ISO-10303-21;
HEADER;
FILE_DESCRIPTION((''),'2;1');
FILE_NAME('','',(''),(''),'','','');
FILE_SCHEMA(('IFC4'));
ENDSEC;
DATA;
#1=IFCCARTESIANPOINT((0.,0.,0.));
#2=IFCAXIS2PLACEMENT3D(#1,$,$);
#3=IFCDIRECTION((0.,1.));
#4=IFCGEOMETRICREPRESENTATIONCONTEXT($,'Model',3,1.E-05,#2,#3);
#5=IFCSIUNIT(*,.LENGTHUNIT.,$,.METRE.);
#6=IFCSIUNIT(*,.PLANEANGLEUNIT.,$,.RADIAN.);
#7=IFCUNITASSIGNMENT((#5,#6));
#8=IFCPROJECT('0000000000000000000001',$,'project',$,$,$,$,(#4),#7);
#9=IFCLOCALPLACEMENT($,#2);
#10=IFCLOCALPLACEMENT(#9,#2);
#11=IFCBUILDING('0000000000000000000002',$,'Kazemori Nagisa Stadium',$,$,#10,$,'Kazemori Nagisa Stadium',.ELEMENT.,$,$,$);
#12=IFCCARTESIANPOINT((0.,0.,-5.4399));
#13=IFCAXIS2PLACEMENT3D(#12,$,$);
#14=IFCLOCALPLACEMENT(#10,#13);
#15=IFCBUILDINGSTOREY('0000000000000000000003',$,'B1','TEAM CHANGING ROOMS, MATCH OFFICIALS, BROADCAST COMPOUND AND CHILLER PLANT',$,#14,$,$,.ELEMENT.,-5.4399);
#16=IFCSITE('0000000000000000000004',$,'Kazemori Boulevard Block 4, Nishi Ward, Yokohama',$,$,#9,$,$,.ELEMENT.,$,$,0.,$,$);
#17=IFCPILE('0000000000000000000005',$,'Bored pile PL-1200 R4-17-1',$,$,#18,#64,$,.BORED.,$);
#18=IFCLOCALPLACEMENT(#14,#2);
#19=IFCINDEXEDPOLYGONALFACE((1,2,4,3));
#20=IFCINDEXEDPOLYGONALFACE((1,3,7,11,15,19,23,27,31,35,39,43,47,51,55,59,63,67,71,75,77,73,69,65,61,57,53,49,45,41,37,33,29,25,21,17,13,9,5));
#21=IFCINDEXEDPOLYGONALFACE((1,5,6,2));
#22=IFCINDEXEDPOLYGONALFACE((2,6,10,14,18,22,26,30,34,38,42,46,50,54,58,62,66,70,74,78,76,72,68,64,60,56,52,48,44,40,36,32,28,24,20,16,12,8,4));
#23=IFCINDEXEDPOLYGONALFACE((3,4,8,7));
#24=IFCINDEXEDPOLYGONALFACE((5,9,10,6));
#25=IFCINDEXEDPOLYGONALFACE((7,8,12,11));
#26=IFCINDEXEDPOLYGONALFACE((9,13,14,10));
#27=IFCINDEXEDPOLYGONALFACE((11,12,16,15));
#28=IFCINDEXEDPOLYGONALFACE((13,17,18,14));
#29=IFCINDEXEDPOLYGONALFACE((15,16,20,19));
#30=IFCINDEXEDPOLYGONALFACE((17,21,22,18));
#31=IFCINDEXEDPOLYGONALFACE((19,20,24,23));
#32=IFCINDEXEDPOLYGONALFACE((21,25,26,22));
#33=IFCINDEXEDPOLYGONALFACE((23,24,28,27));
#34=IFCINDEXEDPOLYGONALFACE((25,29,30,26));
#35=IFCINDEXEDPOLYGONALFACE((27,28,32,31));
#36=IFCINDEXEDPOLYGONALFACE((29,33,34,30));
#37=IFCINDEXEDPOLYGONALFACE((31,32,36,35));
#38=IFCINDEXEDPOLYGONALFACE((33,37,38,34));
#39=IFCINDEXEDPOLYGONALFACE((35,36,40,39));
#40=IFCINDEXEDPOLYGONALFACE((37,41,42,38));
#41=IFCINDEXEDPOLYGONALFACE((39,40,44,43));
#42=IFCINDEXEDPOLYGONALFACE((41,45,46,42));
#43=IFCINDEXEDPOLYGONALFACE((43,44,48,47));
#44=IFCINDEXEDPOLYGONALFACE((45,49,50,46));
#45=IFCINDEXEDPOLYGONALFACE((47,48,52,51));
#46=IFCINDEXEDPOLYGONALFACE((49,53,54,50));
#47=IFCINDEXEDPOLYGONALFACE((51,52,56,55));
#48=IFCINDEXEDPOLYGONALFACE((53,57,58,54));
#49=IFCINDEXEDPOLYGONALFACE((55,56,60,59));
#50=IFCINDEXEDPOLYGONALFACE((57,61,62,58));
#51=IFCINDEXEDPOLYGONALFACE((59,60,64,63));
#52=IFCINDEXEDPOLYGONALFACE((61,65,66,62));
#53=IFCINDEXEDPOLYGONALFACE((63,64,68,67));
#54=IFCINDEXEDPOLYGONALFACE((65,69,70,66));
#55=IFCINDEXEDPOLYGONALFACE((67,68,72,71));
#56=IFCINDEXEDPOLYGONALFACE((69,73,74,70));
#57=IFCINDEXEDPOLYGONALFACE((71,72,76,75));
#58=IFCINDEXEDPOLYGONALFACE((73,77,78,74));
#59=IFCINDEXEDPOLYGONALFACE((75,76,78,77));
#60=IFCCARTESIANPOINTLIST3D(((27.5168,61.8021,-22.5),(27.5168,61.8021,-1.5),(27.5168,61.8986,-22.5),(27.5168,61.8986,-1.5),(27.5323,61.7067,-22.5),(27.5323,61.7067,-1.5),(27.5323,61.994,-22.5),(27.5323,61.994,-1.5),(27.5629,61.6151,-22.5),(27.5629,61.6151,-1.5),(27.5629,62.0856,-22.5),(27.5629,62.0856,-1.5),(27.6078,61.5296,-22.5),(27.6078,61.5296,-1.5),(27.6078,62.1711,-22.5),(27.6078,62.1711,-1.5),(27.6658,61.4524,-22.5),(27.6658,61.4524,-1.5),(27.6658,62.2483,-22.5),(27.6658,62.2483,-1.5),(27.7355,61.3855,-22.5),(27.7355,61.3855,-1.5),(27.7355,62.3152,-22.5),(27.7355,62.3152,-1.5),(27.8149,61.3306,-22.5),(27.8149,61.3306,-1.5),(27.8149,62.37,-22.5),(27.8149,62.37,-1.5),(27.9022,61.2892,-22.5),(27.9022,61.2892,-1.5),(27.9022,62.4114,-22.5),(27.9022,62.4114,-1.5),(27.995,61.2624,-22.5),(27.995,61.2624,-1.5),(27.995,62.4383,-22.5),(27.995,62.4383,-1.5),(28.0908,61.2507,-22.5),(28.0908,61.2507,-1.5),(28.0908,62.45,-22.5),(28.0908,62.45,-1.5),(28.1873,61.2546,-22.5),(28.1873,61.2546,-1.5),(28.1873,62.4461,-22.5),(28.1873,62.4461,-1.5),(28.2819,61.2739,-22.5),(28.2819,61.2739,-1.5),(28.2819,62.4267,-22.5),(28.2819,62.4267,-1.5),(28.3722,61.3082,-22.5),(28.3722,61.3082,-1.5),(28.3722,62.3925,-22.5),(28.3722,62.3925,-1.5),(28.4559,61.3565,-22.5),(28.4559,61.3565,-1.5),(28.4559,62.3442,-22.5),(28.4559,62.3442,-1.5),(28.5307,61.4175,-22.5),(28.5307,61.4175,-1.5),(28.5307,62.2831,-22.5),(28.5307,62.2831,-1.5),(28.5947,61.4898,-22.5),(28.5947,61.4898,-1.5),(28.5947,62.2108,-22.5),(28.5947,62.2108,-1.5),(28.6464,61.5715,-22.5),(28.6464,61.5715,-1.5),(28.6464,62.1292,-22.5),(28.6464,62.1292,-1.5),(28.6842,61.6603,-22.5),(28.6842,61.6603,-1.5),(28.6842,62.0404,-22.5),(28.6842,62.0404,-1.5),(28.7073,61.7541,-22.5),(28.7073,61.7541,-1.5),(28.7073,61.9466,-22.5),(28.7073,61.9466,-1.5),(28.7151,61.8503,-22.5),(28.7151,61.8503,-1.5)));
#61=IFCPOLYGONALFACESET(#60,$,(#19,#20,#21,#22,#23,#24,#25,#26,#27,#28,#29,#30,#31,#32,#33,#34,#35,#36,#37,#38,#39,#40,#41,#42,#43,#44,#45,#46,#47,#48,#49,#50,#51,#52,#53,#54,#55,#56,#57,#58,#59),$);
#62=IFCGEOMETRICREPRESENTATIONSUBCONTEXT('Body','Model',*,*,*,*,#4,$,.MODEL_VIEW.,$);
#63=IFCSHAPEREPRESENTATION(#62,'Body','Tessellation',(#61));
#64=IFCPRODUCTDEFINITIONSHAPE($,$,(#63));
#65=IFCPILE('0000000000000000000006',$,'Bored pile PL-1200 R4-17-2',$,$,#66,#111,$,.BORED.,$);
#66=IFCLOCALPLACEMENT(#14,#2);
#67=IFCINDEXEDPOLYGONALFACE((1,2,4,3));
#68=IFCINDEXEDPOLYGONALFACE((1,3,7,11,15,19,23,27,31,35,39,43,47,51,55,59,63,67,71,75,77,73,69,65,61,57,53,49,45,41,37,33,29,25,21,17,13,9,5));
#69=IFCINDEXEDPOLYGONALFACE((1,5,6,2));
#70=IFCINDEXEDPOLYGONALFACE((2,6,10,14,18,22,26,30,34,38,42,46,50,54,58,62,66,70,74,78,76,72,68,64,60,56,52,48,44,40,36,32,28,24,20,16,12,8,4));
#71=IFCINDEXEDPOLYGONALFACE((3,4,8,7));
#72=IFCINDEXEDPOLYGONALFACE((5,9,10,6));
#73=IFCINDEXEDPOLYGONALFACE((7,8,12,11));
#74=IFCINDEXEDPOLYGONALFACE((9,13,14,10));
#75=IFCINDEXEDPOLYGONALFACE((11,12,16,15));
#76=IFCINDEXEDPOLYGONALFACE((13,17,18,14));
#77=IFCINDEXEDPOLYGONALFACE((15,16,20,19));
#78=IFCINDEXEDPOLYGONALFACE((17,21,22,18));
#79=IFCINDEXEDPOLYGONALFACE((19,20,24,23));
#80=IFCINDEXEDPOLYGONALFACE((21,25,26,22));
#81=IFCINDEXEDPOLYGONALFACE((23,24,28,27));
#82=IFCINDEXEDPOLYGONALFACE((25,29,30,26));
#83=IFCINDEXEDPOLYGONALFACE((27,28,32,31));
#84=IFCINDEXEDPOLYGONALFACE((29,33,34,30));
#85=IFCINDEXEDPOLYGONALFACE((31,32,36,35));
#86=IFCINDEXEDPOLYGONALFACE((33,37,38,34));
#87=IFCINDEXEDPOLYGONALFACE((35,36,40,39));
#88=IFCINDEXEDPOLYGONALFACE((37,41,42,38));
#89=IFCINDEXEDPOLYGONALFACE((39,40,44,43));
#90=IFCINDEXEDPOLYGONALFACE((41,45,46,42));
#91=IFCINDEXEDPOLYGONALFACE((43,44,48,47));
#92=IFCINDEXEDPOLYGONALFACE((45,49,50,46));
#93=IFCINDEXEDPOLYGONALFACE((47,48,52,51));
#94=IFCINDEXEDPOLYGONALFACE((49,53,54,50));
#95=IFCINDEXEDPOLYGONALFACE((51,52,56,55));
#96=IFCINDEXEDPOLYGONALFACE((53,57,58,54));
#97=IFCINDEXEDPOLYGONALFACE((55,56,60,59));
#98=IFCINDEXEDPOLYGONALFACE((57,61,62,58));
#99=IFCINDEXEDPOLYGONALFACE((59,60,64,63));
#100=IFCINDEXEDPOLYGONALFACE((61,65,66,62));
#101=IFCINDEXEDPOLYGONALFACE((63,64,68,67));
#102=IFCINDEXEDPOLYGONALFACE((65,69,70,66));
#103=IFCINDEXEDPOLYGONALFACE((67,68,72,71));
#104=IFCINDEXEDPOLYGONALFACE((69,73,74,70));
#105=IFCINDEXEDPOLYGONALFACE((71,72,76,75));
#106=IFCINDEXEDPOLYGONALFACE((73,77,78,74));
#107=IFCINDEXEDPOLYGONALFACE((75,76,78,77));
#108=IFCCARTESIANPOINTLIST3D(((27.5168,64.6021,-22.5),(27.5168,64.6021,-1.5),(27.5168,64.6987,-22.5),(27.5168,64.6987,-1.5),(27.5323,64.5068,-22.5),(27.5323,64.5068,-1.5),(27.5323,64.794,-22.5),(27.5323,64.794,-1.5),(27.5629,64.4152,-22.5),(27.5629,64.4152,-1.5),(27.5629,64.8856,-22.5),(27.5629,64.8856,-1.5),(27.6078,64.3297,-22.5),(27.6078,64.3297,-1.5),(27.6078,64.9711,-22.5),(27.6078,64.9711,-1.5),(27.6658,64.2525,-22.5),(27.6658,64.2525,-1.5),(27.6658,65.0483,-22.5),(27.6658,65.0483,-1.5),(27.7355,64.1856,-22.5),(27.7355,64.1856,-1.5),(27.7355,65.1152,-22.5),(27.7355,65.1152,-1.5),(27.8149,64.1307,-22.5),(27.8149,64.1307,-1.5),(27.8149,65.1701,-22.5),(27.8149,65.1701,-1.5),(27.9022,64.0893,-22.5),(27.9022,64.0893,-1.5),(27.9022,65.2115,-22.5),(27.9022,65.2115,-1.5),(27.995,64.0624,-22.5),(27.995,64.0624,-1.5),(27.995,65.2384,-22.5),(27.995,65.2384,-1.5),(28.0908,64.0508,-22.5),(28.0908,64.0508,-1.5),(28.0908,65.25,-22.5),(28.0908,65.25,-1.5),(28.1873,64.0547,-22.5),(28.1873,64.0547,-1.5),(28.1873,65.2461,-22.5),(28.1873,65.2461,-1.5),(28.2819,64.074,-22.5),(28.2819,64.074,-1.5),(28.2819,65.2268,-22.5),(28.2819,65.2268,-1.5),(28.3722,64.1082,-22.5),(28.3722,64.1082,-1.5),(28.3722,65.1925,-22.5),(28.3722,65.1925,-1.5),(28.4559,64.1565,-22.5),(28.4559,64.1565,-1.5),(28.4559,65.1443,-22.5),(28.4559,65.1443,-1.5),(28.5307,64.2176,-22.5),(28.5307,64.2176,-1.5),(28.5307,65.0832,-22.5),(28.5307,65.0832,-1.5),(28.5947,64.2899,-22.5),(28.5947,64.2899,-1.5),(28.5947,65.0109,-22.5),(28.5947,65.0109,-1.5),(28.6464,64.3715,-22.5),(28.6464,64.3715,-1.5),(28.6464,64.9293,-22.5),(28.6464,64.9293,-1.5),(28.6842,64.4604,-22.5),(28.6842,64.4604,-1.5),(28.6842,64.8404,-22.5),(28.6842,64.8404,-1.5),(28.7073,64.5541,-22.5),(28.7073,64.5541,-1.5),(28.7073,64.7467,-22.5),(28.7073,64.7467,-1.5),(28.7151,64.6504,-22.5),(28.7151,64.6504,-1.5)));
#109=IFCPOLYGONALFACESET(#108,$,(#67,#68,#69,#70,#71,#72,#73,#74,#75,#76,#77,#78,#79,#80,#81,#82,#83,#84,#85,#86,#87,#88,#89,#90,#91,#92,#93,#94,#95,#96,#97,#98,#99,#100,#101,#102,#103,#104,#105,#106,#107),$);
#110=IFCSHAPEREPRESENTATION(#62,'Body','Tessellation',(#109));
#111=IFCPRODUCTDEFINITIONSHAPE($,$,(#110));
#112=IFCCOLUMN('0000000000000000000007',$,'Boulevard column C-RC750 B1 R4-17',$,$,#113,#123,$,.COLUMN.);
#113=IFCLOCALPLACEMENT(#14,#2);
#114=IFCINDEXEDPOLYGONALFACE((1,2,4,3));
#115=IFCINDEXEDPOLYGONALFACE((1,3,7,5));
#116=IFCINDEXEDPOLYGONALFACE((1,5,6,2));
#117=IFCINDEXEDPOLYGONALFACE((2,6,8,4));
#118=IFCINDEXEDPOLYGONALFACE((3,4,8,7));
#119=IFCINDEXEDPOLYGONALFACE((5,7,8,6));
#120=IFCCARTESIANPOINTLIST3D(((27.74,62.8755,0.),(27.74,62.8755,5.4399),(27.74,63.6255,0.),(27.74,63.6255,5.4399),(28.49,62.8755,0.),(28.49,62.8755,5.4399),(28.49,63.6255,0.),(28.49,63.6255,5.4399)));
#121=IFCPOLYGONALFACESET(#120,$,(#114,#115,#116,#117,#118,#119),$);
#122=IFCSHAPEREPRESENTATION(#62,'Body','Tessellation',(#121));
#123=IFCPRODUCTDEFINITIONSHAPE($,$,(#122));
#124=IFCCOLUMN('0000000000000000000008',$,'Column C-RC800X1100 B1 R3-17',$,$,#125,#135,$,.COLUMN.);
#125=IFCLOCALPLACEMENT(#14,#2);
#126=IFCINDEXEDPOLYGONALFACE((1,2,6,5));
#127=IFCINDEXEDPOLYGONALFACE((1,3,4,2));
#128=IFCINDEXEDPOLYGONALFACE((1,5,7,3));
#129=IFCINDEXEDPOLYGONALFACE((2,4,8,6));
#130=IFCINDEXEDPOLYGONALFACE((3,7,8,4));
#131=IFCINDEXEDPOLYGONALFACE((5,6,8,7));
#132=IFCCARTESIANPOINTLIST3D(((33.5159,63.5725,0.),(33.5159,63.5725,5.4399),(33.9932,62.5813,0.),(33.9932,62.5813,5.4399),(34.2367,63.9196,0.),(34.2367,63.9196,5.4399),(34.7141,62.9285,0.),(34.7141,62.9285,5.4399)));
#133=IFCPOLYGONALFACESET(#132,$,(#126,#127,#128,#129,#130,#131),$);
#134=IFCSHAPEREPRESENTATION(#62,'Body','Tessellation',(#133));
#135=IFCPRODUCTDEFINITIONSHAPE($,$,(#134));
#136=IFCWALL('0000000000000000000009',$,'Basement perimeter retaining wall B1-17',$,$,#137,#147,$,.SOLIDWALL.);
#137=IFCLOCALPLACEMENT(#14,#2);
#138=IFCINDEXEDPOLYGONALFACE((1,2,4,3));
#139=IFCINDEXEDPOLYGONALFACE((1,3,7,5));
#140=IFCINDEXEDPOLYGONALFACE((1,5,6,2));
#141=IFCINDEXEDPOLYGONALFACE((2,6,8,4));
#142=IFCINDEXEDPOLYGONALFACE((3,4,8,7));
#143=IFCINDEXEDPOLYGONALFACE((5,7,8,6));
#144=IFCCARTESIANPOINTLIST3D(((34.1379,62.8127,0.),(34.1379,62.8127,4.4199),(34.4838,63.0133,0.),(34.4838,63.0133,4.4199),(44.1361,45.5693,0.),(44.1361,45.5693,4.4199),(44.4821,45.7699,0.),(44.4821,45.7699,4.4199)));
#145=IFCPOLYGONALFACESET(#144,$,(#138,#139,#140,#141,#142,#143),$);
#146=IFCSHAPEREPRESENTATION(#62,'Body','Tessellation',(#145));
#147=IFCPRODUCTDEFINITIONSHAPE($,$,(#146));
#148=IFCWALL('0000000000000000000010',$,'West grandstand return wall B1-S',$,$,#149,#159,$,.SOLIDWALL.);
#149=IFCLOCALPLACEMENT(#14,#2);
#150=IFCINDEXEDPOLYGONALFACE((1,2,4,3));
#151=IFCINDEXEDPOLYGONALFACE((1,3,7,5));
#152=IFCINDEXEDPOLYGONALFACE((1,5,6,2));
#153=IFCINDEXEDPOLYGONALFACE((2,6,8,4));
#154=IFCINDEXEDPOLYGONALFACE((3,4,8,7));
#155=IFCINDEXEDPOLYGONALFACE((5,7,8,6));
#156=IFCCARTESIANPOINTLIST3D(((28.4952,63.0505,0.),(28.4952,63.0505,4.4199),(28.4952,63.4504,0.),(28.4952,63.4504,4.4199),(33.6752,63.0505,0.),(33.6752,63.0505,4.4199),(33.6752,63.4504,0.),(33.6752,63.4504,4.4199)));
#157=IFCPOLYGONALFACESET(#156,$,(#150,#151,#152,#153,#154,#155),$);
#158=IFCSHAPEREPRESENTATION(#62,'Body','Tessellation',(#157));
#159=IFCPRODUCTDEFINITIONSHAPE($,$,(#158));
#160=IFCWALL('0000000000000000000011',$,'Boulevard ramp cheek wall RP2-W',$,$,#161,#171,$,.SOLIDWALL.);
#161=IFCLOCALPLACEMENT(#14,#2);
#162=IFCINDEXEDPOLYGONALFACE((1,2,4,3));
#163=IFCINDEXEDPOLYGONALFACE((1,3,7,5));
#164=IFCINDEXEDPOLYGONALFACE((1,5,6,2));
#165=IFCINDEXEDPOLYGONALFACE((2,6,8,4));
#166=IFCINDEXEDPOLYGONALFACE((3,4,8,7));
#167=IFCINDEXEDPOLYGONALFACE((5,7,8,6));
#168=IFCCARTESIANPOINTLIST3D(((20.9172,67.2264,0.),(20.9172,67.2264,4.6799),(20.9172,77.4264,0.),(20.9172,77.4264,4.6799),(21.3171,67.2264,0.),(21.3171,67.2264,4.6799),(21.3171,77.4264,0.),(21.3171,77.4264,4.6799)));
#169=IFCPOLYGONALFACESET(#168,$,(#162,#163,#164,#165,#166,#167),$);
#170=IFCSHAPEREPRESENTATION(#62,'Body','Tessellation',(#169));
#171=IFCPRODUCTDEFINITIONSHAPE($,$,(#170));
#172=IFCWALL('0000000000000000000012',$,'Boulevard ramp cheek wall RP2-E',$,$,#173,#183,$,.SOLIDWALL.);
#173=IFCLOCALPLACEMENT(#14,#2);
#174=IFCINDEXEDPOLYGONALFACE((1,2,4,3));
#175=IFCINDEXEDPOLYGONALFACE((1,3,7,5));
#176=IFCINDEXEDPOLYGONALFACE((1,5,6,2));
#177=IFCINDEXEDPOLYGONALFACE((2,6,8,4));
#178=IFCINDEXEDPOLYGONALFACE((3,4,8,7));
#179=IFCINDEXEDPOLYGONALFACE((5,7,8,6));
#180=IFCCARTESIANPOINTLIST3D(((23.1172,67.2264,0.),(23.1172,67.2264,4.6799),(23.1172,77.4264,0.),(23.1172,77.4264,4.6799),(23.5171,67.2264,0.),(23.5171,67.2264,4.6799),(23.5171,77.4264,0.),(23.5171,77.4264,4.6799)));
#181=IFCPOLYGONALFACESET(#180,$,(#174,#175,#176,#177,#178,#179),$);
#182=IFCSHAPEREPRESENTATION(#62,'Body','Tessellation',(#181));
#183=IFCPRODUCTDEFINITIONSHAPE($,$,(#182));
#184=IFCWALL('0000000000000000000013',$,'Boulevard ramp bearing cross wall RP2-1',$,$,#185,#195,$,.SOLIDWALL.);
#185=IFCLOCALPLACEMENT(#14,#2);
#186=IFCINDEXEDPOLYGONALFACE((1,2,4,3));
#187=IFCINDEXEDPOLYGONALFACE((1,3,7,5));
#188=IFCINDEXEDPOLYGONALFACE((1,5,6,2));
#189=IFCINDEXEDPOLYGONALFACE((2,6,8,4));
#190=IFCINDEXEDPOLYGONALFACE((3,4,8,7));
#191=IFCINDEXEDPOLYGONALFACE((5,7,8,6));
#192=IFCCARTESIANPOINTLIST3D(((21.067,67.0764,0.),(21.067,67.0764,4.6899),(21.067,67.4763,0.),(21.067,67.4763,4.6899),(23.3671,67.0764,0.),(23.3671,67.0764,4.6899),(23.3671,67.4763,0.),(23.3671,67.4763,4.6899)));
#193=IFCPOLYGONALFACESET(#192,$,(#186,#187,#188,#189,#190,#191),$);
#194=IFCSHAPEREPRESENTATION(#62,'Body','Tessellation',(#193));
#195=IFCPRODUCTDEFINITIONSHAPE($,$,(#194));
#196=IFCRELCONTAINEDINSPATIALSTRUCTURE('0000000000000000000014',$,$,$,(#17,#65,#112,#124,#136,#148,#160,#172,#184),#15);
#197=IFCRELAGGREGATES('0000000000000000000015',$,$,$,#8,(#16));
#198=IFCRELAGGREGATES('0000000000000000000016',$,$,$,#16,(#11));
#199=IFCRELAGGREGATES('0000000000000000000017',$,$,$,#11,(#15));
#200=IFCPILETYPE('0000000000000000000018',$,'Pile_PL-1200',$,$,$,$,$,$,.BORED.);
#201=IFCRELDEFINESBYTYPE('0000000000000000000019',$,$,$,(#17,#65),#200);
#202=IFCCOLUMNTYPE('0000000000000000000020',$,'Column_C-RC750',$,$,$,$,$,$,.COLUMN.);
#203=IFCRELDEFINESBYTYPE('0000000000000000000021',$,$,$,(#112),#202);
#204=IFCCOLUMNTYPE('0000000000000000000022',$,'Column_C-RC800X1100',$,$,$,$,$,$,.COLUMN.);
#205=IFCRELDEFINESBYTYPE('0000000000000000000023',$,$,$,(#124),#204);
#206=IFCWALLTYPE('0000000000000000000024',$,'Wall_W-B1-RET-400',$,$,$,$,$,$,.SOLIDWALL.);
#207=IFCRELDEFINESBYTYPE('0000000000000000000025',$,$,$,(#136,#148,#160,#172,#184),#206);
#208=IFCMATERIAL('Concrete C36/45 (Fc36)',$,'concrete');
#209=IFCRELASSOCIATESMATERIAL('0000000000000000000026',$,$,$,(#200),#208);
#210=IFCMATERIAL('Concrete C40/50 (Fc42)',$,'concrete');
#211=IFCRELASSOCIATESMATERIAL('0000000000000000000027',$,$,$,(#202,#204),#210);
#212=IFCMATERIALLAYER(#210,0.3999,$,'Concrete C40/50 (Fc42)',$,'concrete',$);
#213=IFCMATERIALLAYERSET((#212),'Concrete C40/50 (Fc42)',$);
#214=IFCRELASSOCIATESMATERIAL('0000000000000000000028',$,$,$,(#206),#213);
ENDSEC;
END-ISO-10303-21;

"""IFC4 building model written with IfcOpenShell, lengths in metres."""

from ifc_helpers import new_model, si_unit, direction, frame, frame_2d, origin, origin_2d, place, context, subcontext, project, spatial, rectangle, circle, extrude, material, layer, layer_set, material_profile, profile_set, type_object, element, save


model = new_model("IFC4")

# Units and contexts
model_context = context("Model", 3, precision=1e-05, world=origin(), true_north=direction((0.0, 1.0)))
body_context = subcontext(model_context, "Body", "Model", "MODEL_VIEW")
ifc_project = project(units=[si_unit("LENGTHUNIT", "METRE"), si_unit("PLANEANGLEUNIT", "RADIAN")], contexts=[model_context])

# Site, building, storey
site_placement = place(None, origin())
site = spatial("IfcSite", under=ifc_project, at=site_placement, Name="Kazemori Boulevard Block 4, Nishi Ward, Yokohama", CompositionType="ELEMENT", RefElevation=0.0)
building_placement = place(site_placement, origin())
building = spatial("IfcBuilding", under=site, at=building_placement, Name="Kazemori Nagisa Stadium", LongName="Kazemori Nagisa Stadium", CompositionType="ELEMENT")
storey_placement = place(building_placement, frame((0.0, 0.0, -5.4399)))
storey = spatial("IfcBuildingStorey", under=building, at=storey_placement, Name="B1", Description="TEAM CHANGING ROOMS, MATCH OFFICIALS, BROADCAST COMPOUND AND CHILLER PLANT", CompositionType="ELEMENT", Elevation=-5.4399)

# Shared definitions
ifc_material_1 = material(Name="Concrete C40/50 (Fc42)", Category="concrete")

# Piles
ifc_material_2 = material(Name="Concrete C36/45 (Fc36)", Category="concrete")
ifc_material_profile_1 = material_profile(ifc_material_2, circle(Radius=0.6001, at=origin_2d()), Name="PILE-D1200")
ifc_profile_set_1 = profile_set([ifc_material_profile_1], Name="Concrete C36/45 (Fc36)")
pile_type = type_object("IfcPileType", Name="Pile_PL-1200", PredefinedType="BORED", material=ifc_profile_set_1)
for number, where, z_axis, x_axis, name in (
    (1, (28.115, 61.8503, -1.5), (0.0, 0.0, -1.0), (1.0, 0.0, 0.0), "Bored pile PL-1200 R4-17-1"),
    (2, (28.115, 64.6504, -1.5), (0.0, 0.0, -1.0), (1.0, 0.0, 0.0), "Bored pile PL-1200 R4-17-2"),
):
    element("IfcPile", number, at=place(storey_placement, frame(where, z_axis=z_axis, x_axis=x_axis)), inside=storey, type_object=pile_type, Name=name, PredefinedType="BORED", context=body_context, shape_type="SweptSolid", body=[
        extrude(circle(Radius=0.6001, at=origin_2d()), origin(), (0.0, 0.0, 1.0), 21.0),
    ])

# Columns
ifc_material_profile_2 = material_profile(ifc_material_1, rectangle(XDim=0.75, YDim=0.75, at=origin_2d()), Name="RC-COL-750x750")
ifc_profile_set_2 = profile_set([ifc_material_profile_2], Name="Concrete C40/50 (Fc42)")
column_type_1 = type_object("IfcColumnType", Name="Column_C-RC750", PredefinedType="COLUMN", material=ifc_profile_set_2)
column_1_placement = place(storey_placement, frame((28.115, 63.2505, 0.0), z_axis=(0.0, 0.0, 1.0), x_axis=(1.0, 0.0, 0.0)))
element("IfcColumn", 3, at=column_1_placement, inside=storey, type_object=column_type_1, Name="Boulevard column C-RC750 B1 R4-17", PredefinedType="COLUMN", context=body_context, shape_type="SweptSolid", body=[
    extrude(rectangle(XDim=0.75, YDim=0.75, at=origin_2d()), origin(), (0.0, 0.0, 1.0), 5.4399),
])
ifc_material_profile_3 = material_profile(ifc_material_1, rectangle(XDim=0.8, YDim=1.1001, at=origin_2d()), Name="RC-COL-800x1100")
ifc_profile_set_3 = profile_set([ifc_material_profile_3], Name="Concrete C40/50 (Fc42)")
column_type_2 = type_object("IfcColumnType", Name="Column_C-RC800X1100", PredefinedType="COLUMN", material=ifc_profile_set_3)
column_2_placement = place(storey_placement, frame((34.115, 63.2505, 0.0), z_axis=(0.0, 0.0, 1.0), x_axis=(-0.900969, -0.433884, 0.0)))
element("IfcColumn", 4, at=column_2_placement, inside=storey, type_object=column_type_2, Name="Column C-RC800X1100 B1 R3-17", PredefinedType="COLUMN", context=body_context, shape_type="SweptSolid", body=[
    extrude(rectangle(XDim=0.8, YDim=1.1001, at=origin_2d()), origin(), (0.0, 0.0, 1.0), 5.4399),
])

# Walls
ifc_layer_1 = layer(ifc_material_1, 0.3999, Name="Concrete C40/50 (Fc42)", Category="concrete")
ifc_layer_set_1 = layer_set([ifc_layer_1], Name="Concrete C40/50 (Fc42)")
wall_type_1 = type_object("IfcWallType", Name="Wall_W-B1-RET-400", PredefinedType="SOLIDWALL", material=ifc_layer_set_1)
wall_1_placement = place(storey_placement, frame((34.3108, 62.9131, 0.0), z_axis=(0.0, 0.0, 1.0), x_axis=(0.50161, -0.865094, 0.0)))
element("IfcWall", 5, at=wall_1_placement, inside=storey, type_object=wall_type_1, Name="Basement perimeter retaining wall B1-17", PredefinedType="SOLIDWALL", context=body_context, shape_type="SweptSolid", body=[
    extrude(rectangle(XDim=19.9324, YDim=0.3999, at=frame_2d((9.9663, 0.0))), origin(), (0.0, 0.0, 1.0), 4.4199),
])
wall_2_placement = place(storey_placement, frame((33.675, 63.2505, 0.0), z_axis=(0.0, 0.0, 1.0), x_axis=(-1.0, 0.0, 0.0)))
element("IfcWall", 6, at=wall_2_placement, inside=storey, type_object=wall_type_1, Name="West grandstand return wall B1-S", PredefinedType="SOLIDWALL", context=body_context, shape_type="SweptSolid", body=[
    extrude(rectangle(XDim=5.1799, YDim=0.3999, at=frame_2d((2.5898, 0.0))), origin(), (0.0, 0.0, 1.0), 4.4199),
])
for number, where, z_axis, x_axis, name in (
    (7, (21.1172, 67.2263, 0.0), (0.0, 0.0, 1.0), (0.0, 1.0, 0.0), "Boulevard ramp cheek wall RP2-W"),
    (8, (23.3171, 67.2263, 0.0), (0.0, 0.0, 1.0), (0.0, 1.0, 0.0), "Boulevard ramp cheek wall RP2-E"),
):
    element("IfcWall", number, at=place(storey_placement, frame(where, z_axis=z_axis, x_axis=x_axis)), inside=storey, type_object=wall_type_1, Name=name, PredefinedType="SOLIDWALL", context=body_context, shape_type="SweptSolid", body=[
        extrude(rectangle(XDim=10.2, YDim=0.3999, at=frame_2d((5.1001, 0.0))), origin(), (0.0, 0.0, 1.0), 4.6799),
    ])
wall_3_placement = place(storey_placement, frame((21.0671, 67.2764, 0.0), z_axis=(0.0, 0.0, 1.0), x_axis=(1.0, 0.0, 0.0)))
element("IfcWall", 9, at=wall_3_placement, inside=storey, type_object=wall_type_1, Name="Boulevard ramp bearing cross wall RP2-1", PredefinedType="SOLIDWALL", context=body_context, shape_type="SweptSolid", body=[
    extrude(rectangle(XDim=2.3, YDim=0.3999, at=frame_2d((1.1499, 0.0))), origin(), (0.0, 0.0, 1.0), 4.6899),
])

save(model, "model.ifc")
